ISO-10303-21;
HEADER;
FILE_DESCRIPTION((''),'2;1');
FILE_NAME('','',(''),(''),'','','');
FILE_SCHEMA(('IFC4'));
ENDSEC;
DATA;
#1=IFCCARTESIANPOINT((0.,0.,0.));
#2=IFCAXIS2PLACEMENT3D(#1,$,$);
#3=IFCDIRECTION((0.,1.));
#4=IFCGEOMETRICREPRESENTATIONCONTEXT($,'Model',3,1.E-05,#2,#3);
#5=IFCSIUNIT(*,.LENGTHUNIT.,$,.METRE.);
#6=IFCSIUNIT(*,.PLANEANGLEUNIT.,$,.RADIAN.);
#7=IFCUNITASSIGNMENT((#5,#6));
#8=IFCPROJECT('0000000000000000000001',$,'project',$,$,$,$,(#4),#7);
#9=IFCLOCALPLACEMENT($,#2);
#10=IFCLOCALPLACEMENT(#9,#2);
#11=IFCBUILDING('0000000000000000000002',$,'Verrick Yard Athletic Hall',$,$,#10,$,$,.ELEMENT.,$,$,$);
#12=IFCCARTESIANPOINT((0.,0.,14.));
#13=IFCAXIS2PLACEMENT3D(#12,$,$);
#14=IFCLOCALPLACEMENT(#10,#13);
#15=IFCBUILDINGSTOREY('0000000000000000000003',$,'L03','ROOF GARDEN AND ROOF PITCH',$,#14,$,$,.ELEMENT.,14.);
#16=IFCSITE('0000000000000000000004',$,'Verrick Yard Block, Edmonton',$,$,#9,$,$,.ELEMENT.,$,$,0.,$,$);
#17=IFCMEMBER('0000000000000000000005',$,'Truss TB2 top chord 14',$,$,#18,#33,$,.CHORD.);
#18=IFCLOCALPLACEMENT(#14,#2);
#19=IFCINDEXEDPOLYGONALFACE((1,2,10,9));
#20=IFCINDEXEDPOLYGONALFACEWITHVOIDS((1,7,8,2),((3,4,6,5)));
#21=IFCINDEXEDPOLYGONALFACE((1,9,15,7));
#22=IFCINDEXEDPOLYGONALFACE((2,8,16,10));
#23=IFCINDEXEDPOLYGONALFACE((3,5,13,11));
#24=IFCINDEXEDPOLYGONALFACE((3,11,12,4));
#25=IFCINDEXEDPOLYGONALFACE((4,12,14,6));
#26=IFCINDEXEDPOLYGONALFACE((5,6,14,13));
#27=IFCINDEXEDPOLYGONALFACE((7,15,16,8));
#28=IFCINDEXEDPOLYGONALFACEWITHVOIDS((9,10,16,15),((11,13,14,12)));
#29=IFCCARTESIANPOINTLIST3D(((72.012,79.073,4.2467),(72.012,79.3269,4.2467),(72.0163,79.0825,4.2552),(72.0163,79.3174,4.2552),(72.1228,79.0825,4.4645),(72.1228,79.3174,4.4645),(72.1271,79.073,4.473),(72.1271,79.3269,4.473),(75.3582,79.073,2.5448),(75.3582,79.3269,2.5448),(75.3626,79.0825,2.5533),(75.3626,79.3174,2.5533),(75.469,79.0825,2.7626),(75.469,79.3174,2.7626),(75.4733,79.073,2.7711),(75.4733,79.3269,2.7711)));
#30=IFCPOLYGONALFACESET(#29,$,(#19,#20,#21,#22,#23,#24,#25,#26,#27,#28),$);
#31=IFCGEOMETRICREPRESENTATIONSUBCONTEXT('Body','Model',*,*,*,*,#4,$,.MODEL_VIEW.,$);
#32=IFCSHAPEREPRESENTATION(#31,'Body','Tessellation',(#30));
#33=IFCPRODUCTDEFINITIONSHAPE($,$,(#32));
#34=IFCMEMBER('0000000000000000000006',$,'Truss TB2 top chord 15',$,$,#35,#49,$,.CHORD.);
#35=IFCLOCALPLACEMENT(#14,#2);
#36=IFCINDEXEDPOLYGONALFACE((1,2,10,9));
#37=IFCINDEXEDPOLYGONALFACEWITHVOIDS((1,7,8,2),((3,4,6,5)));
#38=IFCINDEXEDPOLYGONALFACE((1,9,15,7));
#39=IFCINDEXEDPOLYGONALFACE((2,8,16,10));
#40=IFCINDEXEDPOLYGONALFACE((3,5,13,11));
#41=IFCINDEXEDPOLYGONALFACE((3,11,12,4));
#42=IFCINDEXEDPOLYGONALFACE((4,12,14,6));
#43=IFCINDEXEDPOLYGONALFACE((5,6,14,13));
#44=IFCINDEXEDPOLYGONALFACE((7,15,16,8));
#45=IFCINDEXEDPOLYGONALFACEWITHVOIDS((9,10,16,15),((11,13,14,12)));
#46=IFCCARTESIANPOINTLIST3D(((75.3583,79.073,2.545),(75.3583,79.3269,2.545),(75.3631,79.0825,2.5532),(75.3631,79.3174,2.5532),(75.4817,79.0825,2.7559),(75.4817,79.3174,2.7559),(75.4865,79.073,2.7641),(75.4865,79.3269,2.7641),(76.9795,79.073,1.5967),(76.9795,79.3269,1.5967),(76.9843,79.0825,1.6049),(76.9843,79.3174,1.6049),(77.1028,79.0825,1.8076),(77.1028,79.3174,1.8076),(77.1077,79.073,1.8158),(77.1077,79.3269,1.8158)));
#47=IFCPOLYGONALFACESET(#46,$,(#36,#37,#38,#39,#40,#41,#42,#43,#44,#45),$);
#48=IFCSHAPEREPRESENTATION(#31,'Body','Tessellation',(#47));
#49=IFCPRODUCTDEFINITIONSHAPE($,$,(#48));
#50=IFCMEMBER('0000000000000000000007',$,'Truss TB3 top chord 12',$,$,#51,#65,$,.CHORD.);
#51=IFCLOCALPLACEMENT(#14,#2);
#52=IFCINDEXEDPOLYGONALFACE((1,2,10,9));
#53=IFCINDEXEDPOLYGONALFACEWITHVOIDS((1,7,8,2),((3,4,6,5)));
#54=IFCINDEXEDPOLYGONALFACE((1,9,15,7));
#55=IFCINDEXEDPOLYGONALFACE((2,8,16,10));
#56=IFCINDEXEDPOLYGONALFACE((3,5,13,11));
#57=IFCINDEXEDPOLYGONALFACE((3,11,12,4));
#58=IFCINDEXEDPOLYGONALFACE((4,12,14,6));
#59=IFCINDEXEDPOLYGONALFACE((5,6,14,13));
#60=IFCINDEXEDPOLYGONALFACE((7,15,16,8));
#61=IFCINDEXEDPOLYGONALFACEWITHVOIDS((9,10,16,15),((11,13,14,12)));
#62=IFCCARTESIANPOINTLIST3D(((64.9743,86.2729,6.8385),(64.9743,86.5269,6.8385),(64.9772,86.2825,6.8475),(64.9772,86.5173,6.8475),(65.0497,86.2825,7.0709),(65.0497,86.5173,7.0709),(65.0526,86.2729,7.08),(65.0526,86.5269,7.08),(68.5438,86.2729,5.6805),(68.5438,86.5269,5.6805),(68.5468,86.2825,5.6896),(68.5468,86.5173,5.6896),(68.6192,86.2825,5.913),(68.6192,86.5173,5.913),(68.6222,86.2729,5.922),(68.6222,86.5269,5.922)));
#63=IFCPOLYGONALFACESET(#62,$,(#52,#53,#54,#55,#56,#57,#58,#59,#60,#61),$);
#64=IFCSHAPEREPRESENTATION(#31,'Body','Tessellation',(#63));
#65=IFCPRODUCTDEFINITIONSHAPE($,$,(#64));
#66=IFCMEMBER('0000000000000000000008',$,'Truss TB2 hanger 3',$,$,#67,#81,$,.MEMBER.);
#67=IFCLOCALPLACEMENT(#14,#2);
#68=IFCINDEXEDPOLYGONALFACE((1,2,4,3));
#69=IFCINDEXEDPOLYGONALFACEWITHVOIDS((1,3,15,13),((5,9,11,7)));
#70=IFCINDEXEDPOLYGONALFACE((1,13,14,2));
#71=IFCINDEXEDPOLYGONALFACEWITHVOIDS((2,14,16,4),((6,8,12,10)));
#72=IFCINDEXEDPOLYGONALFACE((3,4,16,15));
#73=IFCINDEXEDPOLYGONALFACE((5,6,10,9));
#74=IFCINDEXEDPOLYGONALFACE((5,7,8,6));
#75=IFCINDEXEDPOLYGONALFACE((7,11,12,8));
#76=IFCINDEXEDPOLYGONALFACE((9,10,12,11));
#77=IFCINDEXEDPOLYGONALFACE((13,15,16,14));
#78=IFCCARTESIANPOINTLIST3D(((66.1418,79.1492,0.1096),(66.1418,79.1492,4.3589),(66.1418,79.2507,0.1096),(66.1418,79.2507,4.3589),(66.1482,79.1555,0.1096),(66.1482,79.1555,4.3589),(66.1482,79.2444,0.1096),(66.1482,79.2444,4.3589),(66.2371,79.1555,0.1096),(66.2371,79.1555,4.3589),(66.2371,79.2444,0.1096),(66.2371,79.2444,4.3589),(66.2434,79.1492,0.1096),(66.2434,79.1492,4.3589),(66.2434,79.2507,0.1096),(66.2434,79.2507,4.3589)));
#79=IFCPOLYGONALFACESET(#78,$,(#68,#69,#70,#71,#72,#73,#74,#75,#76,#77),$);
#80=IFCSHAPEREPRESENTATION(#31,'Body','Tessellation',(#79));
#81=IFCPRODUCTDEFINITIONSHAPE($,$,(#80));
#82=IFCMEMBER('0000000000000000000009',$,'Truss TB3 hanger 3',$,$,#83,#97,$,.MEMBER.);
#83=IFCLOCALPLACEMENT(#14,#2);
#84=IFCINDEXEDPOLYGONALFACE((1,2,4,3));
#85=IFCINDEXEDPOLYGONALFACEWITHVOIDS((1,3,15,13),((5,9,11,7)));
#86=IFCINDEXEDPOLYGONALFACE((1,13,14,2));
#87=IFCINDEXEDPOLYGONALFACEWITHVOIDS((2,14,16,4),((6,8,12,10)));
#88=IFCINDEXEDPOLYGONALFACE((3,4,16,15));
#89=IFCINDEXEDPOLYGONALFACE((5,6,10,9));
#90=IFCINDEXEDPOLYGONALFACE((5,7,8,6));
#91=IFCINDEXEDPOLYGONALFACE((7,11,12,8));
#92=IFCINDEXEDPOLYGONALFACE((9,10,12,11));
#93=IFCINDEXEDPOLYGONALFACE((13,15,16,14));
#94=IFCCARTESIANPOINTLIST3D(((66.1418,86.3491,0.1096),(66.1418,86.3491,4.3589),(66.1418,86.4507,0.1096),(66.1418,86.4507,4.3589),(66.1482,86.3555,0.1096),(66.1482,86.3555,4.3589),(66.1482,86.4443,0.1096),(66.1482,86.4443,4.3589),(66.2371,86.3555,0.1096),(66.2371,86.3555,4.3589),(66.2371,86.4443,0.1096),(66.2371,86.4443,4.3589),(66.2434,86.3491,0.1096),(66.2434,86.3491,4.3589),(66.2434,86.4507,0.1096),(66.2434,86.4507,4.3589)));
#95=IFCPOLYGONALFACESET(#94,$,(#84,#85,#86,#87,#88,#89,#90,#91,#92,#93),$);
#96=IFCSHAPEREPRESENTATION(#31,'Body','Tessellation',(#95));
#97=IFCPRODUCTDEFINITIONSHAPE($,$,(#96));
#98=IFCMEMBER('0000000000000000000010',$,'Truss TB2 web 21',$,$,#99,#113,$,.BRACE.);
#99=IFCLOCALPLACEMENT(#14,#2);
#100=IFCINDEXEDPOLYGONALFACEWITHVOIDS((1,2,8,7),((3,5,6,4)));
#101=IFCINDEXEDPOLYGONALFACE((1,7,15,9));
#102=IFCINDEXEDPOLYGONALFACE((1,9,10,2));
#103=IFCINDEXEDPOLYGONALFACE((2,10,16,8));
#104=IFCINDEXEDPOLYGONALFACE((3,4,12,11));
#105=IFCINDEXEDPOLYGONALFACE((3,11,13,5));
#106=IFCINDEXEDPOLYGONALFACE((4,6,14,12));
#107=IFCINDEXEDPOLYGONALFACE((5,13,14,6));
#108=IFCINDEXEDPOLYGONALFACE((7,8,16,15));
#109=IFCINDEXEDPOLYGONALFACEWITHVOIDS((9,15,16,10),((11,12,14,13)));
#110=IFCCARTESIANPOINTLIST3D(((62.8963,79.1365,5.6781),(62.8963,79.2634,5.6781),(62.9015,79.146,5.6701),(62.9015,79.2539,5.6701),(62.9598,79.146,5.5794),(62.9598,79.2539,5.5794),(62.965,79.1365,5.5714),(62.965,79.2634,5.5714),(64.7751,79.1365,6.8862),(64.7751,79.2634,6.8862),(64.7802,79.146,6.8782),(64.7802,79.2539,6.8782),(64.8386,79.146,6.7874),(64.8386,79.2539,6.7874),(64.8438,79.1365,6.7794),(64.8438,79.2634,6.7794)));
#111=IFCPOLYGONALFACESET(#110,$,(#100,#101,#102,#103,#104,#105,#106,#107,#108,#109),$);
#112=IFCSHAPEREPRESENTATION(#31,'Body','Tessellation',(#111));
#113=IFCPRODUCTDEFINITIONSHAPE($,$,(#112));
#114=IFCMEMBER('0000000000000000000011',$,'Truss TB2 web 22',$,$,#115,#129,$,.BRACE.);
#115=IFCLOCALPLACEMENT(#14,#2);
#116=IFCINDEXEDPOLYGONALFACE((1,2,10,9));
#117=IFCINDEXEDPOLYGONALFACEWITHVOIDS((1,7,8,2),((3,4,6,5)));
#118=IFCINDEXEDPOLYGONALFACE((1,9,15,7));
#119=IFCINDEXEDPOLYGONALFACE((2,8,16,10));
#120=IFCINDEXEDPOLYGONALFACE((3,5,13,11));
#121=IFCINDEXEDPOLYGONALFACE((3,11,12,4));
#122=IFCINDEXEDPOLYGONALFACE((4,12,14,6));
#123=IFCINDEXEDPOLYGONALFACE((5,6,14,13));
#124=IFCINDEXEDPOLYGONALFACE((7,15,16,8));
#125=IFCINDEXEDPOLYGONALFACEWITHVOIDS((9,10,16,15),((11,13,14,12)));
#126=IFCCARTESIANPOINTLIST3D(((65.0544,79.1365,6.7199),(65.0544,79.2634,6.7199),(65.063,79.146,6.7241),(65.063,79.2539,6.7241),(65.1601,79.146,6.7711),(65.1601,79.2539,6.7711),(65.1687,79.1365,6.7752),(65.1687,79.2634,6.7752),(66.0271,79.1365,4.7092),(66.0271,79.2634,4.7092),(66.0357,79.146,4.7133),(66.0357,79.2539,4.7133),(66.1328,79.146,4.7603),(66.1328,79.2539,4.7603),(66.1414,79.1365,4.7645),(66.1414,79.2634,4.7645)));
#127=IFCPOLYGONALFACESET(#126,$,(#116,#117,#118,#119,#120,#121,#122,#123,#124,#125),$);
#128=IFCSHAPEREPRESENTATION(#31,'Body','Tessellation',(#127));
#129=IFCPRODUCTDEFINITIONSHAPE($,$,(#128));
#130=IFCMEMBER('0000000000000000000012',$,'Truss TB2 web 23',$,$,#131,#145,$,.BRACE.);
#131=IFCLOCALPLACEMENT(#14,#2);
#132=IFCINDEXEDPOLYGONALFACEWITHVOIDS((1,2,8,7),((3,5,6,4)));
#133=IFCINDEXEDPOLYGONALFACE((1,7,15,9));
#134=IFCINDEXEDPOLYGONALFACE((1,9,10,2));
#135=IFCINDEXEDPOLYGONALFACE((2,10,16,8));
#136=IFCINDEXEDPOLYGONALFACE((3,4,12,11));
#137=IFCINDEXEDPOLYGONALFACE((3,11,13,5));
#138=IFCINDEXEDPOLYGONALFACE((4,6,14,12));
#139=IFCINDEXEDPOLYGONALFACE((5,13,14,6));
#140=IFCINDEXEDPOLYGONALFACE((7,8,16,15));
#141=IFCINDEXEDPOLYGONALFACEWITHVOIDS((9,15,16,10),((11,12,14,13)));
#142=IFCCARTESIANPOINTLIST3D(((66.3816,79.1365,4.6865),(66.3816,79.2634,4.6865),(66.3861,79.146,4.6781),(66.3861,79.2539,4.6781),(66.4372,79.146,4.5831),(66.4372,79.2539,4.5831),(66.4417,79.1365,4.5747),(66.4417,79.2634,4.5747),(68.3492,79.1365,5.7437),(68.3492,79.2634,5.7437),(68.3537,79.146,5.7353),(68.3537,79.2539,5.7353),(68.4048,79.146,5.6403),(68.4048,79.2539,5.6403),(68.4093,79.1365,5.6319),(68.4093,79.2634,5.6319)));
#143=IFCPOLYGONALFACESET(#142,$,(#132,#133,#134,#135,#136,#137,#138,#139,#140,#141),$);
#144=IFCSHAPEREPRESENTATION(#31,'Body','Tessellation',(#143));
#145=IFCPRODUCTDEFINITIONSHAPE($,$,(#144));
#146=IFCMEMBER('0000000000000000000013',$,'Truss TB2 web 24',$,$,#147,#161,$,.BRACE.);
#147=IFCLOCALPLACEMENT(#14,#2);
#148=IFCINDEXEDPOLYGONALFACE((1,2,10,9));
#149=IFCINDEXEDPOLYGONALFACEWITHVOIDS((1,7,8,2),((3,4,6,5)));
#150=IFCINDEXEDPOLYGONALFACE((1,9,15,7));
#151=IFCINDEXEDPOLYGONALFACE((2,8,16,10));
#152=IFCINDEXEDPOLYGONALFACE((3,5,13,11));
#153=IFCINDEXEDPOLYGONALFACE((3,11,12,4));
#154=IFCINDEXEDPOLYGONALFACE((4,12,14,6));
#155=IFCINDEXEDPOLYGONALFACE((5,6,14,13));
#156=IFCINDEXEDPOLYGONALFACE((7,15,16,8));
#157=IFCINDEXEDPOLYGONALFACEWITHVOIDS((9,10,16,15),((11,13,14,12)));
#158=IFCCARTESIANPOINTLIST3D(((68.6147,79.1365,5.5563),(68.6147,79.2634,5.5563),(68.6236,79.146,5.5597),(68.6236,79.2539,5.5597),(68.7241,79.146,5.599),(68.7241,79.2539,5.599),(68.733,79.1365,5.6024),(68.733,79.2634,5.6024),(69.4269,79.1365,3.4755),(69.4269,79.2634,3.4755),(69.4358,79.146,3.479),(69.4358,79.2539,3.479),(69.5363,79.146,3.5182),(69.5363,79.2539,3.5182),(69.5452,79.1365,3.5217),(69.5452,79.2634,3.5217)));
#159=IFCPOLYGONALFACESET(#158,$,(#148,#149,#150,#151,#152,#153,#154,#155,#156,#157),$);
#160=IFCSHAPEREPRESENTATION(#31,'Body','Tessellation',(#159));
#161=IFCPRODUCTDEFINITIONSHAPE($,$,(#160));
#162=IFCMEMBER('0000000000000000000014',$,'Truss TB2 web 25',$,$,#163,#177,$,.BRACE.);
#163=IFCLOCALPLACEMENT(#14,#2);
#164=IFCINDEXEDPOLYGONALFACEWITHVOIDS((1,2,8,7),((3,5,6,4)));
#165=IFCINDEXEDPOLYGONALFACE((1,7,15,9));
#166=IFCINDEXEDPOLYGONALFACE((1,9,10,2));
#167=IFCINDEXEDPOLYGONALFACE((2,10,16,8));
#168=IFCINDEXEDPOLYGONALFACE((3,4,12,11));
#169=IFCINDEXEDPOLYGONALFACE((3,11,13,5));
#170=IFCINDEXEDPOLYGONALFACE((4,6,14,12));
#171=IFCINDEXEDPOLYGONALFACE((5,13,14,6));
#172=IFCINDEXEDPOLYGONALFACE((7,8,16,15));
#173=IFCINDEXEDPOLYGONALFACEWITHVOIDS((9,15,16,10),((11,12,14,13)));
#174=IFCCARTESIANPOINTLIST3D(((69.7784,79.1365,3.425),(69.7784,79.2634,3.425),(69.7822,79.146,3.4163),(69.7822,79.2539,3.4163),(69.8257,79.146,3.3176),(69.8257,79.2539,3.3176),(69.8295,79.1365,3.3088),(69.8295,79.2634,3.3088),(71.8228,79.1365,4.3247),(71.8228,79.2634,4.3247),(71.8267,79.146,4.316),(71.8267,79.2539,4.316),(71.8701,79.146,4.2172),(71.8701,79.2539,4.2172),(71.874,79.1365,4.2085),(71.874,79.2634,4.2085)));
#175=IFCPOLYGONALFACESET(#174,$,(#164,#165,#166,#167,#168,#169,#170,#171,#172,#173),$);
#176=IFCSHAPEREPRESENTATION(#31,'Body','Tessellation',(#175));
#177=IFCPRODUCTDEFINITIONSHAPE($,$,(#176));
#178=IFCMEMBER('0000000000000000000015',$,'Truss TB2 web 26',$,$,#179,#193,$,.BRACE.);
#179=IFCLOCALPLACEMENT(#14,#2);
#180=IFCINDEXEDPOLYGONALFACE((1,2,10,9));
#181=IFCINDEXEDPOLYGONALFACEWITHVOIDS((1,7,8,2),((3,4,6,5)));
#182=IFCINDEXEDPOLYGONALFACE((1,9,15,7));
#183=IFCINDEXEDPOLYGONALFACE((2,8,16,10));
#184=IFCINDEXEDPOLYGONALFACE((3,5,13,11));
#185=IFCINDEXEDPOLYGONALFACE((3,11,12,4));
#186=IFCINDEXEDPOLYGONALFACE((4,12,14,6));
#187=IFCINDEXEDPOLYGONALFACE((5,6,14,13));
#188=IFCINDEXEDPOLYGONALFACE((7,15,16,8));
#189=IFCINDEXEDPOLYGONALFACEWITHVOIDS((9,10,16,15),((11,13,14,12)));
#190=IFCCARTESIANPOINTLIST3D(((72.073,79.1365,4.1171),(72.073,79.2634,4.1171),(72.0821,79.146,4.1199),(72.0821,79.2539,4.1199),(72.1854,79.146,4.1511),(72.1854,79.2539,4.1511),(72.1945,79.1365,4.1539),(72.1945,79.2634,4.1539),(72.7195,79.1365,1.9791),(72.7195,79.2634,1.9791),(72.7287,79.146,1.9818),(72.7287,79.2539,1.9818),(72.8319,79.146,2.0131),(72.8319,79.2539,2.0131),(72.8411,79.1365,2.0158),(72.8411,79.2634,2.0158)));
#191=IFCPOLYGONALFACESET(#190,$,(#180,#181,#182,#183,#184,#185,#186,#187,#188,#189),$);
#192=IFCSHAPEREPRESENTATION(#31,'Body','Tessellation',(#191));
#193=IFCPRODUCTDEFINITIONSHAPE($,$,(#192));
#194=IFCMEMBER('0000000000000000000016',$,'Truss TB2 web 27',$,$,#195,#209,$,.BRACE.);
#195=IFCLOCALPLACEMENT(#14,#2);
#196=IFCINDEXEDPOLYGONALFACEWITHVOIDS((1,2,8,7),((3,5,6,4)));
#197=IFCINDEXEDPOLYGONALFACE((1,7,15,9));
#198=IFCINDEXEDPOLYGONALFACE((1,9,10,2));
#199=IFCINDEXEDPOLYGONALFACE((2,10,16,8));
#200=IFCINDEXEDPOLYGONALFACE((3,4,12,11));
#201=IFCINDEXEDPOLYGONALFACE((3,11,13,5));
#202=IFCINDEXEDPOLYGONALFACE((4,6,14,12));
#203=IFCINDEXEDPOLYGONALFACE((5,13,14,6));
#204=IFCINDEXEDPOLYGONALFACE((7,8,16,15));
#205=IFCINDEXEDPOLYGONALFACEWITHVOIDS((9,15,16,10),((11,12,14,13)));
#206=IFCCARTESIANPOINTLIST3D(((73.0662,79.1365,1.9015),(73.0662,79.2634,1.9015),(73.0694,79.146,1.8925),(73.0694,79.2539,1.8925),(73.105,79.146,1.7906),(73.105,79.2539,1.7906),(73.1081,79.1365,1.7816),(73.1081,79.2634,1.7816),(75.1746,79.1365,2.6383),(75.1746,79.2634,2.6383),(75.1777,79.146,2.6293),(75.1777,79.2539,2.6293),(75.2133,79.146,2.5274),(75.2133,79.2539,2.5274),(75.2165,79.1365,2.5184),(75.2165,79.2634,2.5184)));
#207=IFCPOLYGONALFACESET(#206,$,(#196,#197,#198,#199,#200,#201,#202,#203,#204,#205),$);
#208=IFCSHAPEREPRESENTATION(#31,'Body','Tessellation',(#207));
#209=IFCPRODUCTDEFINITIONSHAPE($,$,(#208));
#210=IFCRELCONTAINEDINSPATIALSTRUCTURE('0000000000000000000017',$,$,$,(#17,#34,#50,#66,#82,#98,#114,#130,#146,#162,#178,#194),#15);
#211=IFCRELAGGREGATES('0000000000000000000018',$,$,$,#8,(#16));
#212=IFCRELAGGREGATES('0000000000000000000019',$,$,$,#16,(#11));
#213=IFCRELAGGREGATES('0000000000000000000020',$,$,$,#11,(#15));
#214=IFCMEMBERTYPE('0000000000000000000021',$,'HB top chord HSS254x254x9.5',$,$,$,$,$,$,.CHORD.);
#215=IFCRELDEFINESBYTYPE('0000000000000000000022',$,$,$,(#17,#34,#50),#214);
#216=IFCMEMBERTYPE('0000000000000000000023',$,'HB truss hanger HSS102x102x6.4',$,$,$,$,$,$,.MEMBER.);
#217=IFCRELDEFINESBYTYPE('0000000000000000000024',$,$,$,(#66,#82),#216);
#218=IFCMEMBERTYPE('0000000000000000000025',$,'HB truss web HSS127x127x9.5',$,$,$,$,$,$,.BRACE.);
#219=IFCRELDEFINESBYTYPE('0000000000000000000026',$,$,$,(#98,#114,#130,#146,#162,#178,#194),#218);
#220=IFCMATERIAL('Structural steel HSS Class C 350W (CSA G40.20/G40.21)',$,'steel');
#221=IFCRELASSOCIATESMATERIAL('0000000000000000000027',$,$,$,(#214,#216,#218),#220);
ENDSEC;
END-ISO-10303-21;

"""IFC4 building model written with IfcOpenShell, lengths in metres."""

from ifc_helpers import new_model, si_unit, direction, frame, origin, origin_2d, place, context, subcontext, project, spatial, hollow_rectangle, extrude, material, material_profile, profile_set, type_object, element, save


model = new_model("IFC4")

# Units and contexts
model_context = context("Model", 3, precision=1e-05, world=origin(), true_north=direction((0.0, 1.0)))
body_context = subcontext(model_context, "Body", "Model", "MODEL_VIEW")
ifc_project = project(units=[si_unit("LENGTHUNIT", "METRE"), si_unit("PLANEANGLEUNIT", "RADIAN")], contexts=[model_context])

# Site, building, storey
site_placement = place(None, origin())
site = spatial("IfcSite", under=ifc_project, at=site_placement, Name="Verrick Yard Block, Edmonton", CompositionType="ELEMENT", RefElevation=0.0)
building_placement = place(site_placement, origin())
building = spatial("IfcBuilding", under=site, at=building_placement, Name="Verrick Yard Athletic Hall", CompositionType="ELEMENT")
storey_placement = place(building_placement, frame((0.0, 0.0, 14.0)))
storey = spatial("IfcBuildingStorey", under=building, at=storey_placement, Name="L03", Description="ROOF GARDEN AND ROOF PITCH", CompositionType="ELEMENT", Elevation=14.0)

# Members
ifc_material_1 = material(Name="Structural steel HSS Class C 350W (CSA G40.20/G40.21)", Category="steel")
ifc_material_profile_1 = material_profile(ifc_material_1, hollow_rectangle(XDim=0.2539, YDim=0.2539, WallThickness=0.0095, at=origin_2d()), Name="HSS254x254x9.5")
ifc_profile_set_1 = profile_set([ifc_material_profile_1], Name="Structural steel HSS Class C 350W (CSA G40.20/G40.21)")
member_type_1 = type_object("IfcMemberType", Name="HB top chord HSS254x254x9.5", PredefinedType="CHORD", material=ifc_profile_set_1)
member_1_placement = place(storey_placement, frame((72.0696, 79.2, 4.3599), z_axis=(0.891337, 0.0, -0.453342), x_axis=(0.0, 1.0, 0.0)))
element("IfcMember", 1, at=member_1_placement, inside=storey, type_object=member_type_1, Name="Truss TB2 top chord 14", PredefinedType="CHORD", context=body_context, shape_type="SweptSolid", body=[
    extrude(hollow_rectangle(XDim=0.2539, YDim=0.2539, WallThickness=0.0095, at=origin_2d()), origin(), (0.0, 0.0, 1.0), 3.7542),
])
member_2_placement = place(storey_placement, frame((75.4224, 79.2, 2.6545), z_axis=(0.863175, 0.0, -0.504905), x_axis=(0.0, 1.0, 0.0)))
element("IfcMember", 2, at=member_2_placement, inside=storey, type_object=member_type_1, Name="Truss TB2 top chord 15", PredefinedType="CHORD", context=body_context, shape_type="SweptSolid", body=[
    extrude(hollow_rectangle(XDim=0.2539, YDim=0.2539, WallThickness=0.0095, at=origin_2d()), origin(), (0.0, 0.0, 1.0), 1.8782),
])
member_3_placement = place(storey_placement, frame((65.0134, 86.3999, 6.9592), z_axis=(0.951203, 0.0, -0.308567), x_axis=(0.0, 1.0, 0.0)))
element("IfcMember", 3, at=member_3_placement, inside=storey, type_object=member_type_1, Name="Truss TB3 top chord 12", PredefinedType="CHORD", context=body_context, shape_type="SweptSolid", body=[
    extrude(hollow_rectangle(XDim=0.2539, YDim=0.2539, WallThickness=0.0095, at=origin_2d()), origin(), (0.0, 0.0, 1.0), 3.7527),
])
ifc_material_profile_2 = material_profile(ifc_material_1, hollow_rectangle(XDim=0.1016, YDim=0.1016, WallThickness=0.0063, at=origin_2d()), Name="HSS102x102x6.4")
ifc_profile_set_2 = profile_set([ifc_material_profile_2], Name="Structural steel HSS Class C 350W (CSA G40.20/G40.21)")
member_type_2 = type_object("IfcMemberType", Name="HB truss hanger HSS102x102x6.4", PredefinedType="MEMBER", material=ifc_profile_set_2)
for number, where, z_axis, x_axis, name in (
    (4, (66.1926, 79.2, 4.3589), (0.0, 0.0, -1.0), (0.0, -1.0, 0.0), "Truss TB2 hanger 3"),
    (5, (66.1926, 86.3999, 4.3589), (0.0, 0.0, -1.0), (0.0, -1.0, 0.0), "Truss TB3 hanger 3"),
):
    element("IfcMember", number, at=place(storey_placement, frame(where, z_axis=z_axis, x_axis=x_axis)), inside=storey, type_object=member_type_2, Name=name, PredefinedType="MEMBER", context=body_context, shape_type="SweptSolid", body=[
        extrude(hollow_rectangle(XDim=0.1016, YDim=0.1016, WallThickness=0.0063, at=origin_2d()), origin(), (0.0, 0.0, 1.0), 4.2493),
    ])
ifc_material_profile_3 = material_profile(ifc_material_1, hollow_rectangle(XDim=0.127, YDim=0.127, WallThickness=0.0095, at=origin_2d()), Name="HSS127x127x9.5")
ifc_profile_set_3 = profile_set([ifc_material_profile_3], Name="Structural steel HSS Class C 350W (CSA G40.20/G40.21)")
member_type_3 = type_object("IfcMemberType", Name="HB truss web HSS127x127x9.5", PredefinedType="BRACE", material=ifc_profile_set_3)
for number, where, z_axis, x_axis, name in (
    (6, (62.9307, 79.2, 5.6248), (0.841118, 0.0, 0.540852), (0.0, 1.0, 0.0), "Truss TB2 web 21"),
    (7, (65.1116, 79.2, 6.7476), (0.435458, 0.0, -0.900209), (0.0, 1.0, 0.0), "Truss TB2 web 22"),
    (8, (66.4116, 79.2, 4.6306), (0.880902, 0.0, 0.473298), (0.0, 1.0, 0.0), "Truss TB2 web 23"),
    (9, (68.6738, 79.2, 5.5793), (0.363633, 0.0, -0.931542), (0.0, 1.0, 0.0), "Truss TB2 web 24"),
    (10, (69.804, 79.2, 3.3669), (0.915297, 0.0, 0.402779), (0.0, 1.0, 0.0), "Truss TB2 web 25"),
    (11, (72.1338, 79.2, 4.1355), (0.289443, 0.0, -0.957195), (0.0, 1.0, 0.0), "Truss TB2 web 26"),
):
    element("IfcMember", number, at=place(storey_placement, frame(where, z_axis=z_axis, x_axis=x_axis)), inside=storey, type_object=member_type_3, Name=name, PredefinedType="BRACE", context=body_context, shape_type="SweptSolid", body=[
        extrude(hollow_rectangle(XDim=0.127, YDim=0.127, WallThickness=0.0095, at=origin_2d()), origin(), (0.0, 0.0, 1.0), 2.2336),
    ])
member_4_placement = place(storey_placement, frame((73.0872, 79.2, 1.8416), z_axis=(0.944015, 0.0, 0.329902), x_axis=(0.0, 1.0, 0.0)))
element("IfcMember", 12, at=member_4_placement, inside=storey, type_object=member_type_3, Name="Truss TB2 web 27", PredefinedType="BRACE", context=body_context, shape_type="SweptSolid", body=[
    extrude(hollow_rectangle(XDim=0.127, YDim=0.127, WallThickness=0.0095, at=origin_2d()), origin(), (0.0, 0.0, 1.0), 2.2334),
])

save(model, "model.ifc")
